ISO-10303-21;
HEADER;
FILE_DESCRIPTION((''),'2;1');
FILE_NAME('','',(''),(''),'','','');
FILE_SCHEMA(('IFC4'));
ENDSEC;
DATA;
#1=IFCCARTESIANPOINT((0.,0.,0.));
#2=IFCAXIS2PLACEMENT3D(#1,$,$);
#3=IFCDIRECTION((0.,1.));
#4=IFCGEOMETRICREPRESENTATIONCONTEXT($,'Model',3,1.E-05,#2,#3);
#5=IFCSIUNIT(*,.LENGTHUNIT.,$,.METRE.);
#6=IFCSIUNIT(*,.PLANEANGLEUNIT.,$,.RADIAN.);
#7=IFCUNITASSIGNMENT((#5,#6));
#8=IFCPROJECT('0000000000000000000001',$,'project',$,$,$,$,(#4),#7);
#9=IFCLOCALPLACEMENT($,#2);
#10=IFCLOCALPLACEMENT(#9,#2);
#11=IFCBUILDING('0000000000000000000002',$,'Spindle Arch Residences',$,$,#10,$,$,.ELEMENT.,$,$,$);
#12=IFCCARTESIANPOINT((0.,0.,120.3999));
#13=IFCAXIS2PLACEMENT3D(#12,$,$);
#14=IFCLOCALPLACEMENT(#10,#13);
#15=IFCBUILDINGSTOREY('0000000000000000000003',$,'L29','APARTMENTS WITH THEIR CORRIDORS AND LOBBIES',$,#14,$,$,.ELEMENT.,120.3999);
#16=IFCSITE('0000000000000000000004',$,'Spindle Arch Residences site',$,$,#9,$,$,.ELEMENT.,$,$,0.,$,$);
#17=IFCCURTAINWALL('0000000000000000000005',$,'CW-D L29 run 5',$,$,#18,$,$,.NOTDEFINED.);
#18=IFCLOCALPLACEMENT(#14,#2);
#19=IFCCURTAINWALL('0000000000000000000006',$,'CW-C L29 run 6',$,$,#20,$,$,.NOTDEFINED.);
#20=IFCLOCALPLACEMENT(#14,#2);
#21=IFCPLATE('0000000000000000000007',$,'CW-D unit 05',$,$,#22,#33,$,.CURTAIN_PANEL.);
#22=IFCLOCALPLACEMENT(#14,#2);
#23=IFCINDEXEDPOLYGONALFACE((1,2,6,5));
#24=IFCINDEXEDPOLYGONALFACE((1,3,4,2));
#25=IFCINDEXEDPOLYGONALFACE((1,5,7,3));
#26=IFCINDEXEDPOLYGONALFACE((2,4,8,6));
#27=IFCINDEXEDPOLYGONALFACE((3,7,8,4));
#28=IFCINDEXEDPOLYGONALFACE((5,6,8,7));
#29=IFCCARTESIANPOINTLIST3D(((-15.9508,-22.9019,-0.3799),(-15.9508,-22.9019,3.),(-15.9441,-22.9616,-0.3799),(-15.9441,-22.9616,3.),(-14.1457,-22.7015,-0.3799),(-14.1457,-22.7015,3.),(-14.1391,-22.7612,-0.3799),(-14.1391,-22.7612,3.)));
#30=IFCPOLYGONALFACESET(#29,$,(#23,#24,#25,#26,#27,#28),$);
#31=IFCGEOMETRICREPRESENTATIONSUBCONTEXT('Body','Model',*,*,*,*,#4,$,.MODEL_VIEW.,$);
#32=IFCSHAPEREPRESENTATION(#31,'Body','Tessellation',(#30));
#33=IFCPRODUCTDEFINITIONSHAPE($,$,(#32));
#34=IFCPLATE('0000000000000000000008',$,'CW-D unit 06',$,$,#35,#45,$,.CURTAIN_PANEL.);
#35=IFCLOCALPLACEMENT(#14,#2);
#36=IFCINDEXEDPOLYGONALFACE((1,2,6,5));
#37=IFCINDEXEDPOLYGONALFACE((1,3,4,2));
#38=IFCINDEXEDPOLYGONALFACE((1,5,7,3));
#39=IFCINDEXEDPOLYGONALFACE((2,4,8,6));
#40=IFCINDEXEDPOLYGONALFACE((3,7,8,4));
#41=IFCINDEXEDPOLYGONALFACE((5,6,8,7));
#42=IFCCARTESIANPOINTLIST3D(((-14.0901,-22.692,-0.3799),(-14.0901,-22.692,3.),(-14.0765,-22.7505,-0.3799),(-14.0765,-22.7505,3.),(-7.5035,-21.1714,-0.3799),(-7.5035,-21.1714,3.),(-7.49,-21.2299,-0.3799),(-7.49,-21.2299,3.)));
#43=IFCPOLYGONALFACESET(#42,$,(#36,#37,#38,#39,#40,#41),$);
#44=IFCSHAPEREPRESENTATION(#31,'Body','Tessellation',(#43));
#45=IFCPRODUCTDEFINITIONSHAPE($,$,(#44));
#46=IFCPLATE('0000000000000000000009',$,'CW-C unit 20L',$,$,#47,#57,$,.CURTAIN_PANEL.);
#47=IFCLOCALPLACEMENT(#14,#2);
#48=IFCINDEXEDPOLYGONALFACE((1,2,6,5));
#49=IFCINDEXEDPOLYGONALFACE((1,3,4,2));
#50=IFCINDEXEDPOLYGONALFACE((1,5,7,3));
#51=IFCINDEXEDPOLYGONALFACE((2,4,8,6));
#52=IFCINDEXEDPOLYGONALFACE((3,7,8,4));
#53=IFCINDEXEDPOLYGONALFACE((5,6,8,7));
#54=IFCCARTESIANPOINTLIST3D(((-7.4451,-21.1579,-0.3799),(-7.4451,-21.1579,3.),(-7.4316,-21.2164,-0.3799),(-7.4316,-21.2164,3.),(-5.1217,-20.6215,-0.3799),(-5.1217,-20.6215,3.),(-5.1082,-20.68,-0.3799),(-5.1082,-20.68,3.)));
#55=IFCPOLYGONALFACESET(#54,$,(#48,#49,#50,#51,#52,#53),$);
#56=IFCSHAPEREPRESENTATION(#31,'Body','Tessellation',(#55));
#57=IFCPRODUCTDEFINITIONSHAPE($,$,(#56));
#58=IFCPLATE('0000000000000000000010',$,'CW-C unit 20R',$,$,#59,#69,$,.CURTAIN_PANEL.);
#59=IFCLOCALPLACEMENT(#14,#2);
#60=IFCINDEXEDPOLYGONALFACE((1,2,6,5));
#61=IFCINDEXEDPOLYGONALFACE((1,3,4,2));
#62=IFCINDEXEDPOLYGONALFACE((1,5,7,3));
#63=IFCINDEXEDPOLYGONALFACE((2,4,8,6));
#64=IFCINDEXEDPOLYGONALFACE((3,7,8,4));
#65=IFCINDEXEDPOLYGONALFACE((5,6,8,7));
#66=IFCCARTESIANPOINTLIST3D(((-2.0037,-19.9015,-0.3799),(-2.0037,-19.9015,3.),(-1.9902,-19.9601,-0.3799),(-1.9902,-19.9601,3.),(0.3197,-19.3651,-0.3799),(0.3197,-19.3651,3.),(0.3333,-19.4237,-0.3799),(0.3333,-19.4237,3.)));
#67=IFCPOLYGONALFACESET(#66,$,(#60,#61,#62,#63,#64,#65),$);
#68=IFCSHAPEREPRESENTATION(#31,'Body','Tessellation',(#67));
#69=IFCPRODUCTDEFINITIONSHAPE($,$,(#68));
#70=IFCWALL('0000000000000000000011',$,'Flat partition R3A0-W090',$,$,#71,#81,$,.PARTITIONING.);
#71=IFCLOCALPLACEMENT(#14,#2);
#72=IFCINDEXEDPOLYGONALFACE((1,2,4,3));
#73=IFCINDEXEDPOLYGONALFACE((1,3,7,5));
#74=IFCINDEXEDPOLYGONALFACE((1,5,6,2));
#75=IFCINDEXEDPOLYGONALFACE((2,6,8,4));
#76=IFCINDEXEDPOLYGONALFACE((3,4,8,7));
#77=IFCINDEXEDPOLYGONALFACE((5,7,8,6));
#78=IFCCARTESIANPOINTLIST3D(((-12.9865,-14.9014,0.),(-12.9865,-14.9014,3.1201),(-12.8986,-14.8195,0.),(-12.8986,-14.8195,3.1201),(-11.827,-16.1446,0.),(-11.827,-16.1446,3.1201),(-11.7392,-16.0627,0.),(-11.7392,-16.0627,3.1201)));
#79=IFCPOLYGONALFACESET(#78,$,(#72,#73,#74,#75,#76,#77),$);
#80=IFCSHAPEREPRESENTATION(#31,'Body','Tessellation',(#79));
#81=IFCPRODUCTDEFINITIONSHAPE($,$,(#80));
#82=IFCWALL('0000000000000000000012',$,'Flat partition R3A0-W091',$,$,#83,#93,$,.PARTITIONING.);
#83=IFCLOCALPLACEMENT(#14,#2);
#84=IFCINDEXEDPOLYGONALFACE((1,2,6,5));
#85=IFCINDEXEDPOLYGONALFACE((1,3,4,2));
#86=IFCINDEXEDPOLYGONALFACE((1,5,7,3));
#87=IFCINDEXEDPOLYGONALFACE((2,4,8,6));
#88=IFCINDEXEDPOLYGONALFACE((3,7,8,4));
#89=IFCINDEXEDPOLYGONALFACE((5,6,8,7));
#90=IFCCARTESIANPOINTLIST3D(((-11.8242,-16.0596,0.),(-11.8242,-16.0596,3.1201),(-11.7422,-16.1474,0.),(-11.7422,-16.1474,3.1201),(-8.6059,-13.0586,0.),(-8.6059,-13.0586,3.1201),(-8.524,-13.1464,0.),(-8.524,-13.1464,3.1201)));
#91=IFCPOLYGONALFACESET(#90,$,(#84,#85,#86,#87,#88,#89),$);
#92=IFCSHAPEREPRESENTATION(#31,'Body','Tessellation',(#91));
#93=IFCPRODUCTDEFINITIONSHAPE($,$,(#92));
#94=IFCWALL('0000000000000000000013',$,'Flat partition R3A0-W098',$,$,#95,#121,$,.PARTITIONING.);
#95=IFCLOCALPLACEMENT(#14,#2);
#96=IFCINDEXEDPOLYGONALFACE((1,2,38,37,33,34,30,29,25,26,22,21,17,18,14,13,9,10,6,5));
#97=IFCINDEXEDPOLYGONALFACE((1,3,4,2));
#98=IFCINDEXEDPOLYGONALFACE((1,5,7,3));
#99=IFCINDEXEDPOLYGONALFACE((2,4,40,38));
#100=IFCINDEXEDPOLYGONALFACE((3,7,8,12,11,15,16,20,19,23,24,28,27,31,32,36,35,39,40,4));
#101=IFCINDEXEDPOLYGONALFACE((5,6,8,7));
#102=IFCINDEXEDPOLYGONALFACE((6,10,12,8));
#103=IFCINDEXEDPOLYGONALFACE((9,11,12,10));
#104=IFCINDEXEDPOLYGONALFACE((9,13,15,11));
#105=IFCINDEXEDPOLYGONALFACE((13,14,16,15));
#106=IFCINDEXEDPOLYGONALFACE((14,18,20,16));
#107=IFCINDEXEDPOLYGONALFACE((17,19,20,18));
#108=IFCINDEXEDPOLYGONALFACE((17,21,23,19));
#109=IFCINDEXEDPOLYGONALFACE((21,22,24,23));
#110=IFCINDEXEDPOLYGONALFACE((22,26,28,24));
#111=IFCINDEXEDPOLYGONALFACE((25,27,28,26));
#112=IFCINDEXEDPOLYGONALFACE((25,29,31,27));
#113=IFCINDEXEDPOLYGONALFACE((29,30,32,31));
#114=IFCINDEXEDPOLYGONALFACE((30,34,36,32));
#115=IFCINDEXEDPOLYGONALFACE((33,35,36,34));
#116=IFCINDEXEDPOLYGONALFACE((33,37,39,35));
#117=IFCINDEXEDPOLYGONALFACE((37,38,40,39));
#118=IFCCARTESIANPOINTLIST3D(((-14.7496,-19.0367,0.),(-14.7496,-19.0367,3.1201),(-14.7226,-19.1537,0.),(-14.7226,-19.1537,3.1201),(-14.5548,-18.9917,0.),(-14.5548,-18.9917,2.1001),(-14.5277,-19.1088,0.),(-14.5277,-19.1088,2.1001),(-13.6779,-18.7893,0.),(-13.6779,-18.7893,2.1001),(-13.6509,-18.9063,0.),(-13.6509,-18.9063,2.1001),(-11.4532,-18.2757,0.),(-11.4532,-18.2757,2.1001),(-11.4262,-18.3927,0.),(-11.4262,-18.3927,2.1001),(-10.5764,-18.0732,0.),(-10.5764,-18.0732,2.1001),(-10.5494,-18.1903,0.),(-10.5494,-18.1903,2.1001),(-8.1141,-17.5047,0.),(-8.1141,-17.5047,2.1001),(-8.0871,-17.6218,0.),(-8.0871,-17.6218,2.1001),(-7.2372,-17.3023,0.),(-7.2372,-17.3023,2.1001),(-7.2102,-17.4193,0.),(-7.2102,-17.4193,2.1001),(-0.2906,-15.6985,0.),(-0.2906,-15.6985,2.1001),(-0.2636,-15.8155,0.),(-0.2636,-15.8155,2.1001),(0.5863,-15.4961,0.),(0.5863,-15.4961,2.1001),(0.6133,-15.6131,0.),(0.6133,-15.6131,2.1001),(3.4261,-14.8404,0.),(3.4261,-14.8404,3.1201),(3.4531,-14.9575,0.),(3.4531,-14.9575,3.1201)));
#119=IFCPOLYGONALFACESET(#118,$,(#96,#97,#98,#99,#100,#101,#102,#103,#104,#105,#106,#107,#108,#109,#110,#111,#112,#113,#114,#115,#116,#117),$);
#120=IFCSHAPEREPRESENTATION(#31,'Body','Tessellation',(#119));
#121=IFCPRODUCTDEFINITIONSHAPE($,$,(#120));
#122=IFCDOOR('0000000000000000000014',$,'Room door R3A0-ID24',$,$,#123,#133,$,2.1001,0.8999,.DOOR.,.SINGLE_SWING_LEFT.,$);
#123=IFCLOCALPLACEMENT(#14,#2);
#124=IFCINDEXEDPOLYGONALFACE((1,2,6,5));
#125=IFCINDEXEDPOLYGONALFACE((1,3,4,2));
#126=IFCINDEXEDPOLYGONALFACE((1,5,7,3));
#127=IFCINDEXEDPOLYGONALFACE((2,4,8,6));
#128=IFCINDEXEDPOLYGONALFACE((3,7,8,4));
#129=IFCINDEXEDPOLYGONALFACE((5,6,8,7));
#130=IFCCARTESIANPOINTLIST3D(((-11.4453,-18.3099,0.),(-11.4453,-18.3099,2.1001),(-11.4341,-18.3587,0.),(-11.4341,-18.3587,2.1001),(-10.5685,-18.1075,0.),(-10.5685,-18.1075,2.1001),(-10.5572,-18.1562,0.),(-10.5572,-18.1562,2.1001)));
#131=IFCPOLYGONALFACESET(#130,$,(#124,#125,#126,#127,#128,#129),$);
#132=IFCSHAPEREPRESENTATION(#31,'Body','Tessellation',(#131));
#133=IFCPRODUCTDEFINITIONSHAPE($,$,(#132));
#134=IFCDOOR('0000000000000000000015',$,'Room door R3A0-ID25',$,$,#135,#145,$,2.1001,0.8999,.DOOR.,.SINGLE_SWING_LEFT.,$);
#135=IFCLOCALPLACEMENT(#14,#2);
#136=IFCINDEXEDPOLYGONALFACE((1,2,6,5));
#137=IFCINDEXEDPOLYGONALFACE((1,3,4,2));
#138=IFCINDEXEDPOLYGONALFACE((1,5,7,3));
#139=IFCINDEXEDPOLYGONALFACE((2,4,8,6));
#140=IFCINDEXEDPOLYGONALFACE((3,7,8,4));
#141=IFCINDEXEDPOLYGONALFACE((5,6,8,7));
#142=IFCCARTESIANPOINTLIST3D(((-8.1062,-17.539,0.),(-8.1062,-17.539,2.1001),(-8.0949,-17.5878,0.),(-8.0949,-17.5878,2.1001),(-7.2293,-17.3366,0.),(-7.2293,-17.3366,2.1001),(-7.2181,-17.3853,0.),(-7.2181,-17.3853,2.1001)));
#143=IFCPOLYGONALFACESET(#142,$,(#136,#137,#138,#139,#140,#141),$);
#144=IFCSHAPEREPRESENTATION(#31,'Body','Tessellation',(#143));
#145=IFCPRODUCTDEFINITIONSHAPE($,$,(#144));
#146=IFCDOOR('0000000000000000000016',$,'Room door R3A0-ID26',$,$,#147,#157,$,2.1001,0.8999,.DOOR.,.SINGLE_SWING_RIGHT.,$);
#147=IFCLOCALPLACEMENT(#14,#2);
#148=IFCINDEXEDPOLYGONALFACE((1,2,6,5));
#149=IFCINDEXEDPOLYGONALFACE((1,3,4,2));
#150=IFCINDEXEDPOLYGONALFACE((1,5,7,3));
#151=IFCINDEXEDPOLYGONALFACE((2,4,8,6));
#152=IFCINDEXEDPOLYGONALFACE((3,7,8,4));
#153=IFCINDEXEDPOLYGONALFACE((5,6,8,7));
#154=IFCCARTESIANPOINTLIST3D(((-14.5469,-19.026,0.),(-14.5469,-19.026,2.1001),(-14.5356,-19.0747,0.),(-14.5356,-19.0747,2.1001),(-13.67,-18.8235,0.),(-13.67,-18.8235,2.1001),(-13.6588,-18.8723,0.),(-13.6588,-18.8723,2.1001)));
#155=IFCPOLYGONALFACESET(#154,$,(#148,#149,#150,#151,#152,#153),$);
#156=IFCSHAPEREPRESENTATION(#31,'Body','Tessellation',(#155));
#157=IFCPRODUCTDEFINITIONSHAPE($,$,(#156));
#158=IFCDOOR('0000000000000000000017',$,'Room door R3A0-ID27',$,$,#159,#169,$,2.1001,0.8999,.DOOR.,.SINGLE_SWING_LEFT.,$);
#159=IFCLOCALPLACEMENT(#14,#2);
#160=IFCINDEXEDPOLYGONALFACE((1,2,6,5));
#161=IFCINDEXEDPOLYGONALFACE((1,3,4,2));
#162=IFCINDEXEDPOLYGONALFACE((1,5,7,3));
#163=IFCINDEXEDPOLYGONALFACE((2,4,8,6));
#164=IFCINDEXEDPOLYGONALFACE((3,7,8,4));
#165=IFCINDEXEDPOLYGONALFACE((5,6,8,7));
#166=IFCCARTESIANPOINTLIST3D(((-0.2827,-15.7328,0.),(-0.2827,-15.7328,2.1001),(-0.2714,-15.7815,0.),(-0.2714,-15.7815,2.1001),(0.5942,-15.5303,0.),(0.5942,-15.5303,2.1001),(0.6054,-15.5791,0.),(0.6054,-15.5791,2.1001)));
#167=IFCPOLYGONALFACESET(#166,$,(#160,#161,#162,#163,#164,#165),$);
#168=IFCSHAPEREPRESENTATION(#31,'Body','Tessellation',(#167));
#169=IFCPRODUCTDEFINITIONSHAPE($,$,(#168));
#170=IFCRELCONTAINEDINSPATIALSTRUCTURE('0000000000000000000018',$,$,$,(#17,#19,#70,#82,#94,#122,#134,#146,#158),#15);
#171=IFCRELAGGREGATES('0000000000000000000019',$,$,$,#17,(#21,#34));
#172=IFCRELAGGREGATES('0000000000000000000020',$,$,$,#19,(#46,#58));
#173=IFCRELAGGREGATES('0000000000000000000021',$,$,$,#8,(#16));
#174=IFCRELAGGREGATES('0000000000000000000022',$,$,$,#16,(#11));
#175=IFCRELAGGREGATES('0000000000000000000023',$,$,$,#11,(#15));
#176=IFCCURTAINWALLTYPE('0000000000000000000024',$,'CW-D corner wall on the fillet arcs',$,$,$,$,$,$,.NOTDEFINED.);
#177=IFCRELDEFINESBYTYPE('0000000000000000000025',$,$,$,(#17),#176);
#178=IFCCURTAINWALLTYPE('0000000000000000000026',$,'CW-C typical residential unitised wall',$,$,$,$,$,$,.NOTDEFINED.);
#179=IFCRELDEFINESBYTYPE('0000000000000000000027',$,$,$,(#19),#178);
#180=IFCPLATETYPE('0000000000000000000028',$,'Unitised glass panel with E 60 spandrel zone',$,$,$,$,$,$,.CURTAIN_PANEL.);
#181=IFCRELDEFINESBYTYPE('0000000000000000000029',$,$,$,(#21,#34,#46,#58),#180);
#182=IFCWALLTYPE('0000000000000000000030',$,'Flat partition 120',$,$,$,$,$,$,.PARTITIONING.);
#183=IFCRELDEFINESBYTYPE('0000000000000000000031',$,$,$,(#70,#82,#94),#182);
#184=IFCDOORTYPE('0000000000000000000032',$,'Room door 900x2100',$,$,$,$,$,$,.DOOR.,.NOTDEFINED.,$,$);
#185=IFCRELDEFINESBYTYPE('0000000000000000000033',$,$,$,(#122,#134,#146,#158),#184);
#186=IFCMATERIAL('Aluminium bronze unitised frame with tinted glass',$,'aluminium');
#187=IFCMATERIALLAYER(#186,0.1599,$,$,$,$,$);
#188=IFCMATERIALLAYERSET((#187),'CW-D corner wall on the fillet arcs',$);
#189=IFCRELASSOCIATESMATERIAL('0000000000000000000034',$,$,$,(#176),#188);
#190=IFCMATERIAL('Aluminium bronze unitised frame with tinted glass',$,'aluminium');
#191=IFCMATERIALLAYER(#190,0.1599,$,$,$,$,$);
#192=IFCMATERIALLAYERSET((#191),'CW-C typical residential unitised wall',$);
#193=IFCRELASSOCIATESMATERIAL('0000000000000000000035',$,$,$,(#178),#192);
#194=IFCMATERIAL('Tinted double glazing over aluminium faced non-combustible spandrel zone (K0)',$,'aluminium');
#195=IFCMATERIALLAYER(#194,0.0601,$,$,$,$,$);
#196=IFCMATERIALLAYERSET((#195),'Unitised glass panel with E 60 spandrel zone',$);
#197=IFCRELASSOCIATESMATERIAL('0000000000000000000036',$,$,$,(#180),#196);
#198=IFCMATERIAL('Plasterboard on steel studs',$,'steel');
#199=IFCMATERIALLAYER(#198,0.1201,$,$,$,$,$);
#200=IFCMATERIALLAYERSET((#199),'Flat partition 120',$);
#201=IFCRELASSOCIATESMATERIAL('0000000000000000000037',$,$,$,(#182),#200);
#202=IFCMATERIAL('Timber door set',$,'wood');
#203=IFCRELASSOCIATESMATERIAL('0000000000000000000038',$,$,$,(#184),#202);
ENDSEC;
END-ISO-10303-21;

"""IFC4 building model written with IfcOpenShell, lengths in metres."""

from ifc_helpers import new_model, si_unit, direction, frame, frame_2d, origin, origin_2d, place, context, subcontext, project, spatial, rectangle, extrude, material, layer, layer_set, type_object, element, fill, aggregate, save


model = new_model("IFC4")

# Units and contexts
model_context = context("Model", 3, precision=1e-05, world=origin(), true_north=direction((0.0, 1.0)))
body_context = subcontext(model_context, "Body", "Model", "MODEL_VIEW")
ifc_project = project(units=[si_unit("LENGTHUNIT", "METRE"), si_unit("PLANEANGLEUNIT", "RADIAN")], contexts=[model_context])

# Site, building, storey
site_placement = place(None, origin())
site = spatial("IfcSite", under=ifc_project, at=site_placement, Name="Spindle Arch Residences site", CompositionType="ELEMENT", RefElevation=0.0)
building_placement = place(site_placement, origin())
building = spatial("IfcBuilding", under=site, at=building_placement, Name="Spindle Arch Residences", CompositionType="ELEMENT")
storey_placement = place(building_placement, frame((0.0, 0.0, 120.3999)))
storey = spatial("IfcBuildingStorey", under=building, at=storey_placement, Name="L29", Description="APARTMENTS WITH THEIR CORRIDORS AND LOBBIES", CompositionType="ELEMENT", Elevation=120.3999)

# Curtain walls
ifc_material_1 = material(Name="Aluminium bronze unitised frame with tinted glass", Category="aluminium")
ifc_layer_1 = layer(ifc_material_1, 0.1599)
ifc_layer_set_1 = layer_set([ifc_layer_1], Name="CW-D corner wall on the fillet arcs")
curtain_wall_type_1 = type_object("IfcCurtainWallType", Name="CW-D corner wall on the fillet arcs", PredefinedType="NOTDEFINED", material=ifc_layer_set_1)
curtain_wall_1_placement = place(storey_placement, origin())
curtain_wall_1 = element("IfcCurtainWall", 1, at=curtain_wall_1_placement, inside=storey, type_object=curtain_wall_type_1, Name="CW-D L29 run 5", PredefinedType="NOTDEFINED")
ifc_material_2 = material(Name="Aluminium bronze unitised frame with tinted glass", Category="aluminium")
ifc_layer_2 = layer(ifc_material_2, 0.1599)
ifc_layer_set_2 = layer_set([ifc_layer_2], Name="CW-C typical residential unitised wall")
curtain_wall_type_2 = type_object("IfcCurtainWallType", Name="CW-C typical residential unitised wall", PredefinedType="NOTDEFINED", material=ifc_layer_set_2)
curtain_wall_2_placement = place(storey_placement, origin())
curtain_wall_2 = element("IfcCurtainWall", 2, at=curtain_wall_2_placement, inside=storey, type_object=curtain_wall_type_2, Name="CW-C L29 run 6", PredefinedType="NOTDEFINED")

# Plates
ifc_material_3 = material(Name="Tinted double glazing over aluminium faced non-combustible spandrel zone (K0)", Category="aluminium")
ifc_layer_3 = layer(ifc_material_3, 0.0601)
ifc_layer_set_3 = layer_set([ifc_layer_3], Name="Unitised glass panel with E 60 spandrel zone")
plate_type = type_object("IfcPlateType", Name="Unitised glass panel with E 60 spandrel zone", PredefinedType="CURTAIN_PANEL", material=ifc_layer_set_3)
plate_1_placement = place(storey_placement, frame((-15.0449, -22.8315, -0.3799), z_axis=(0.0, 0.0, 1.0), x_axis=(0.993897, 0.110313, 0.0)))
plate_1 = element("IfcPlate", 3, at=plate_1_placement, type_object=plate_type, Name="CW-D unit 05", PredefinedType="CURTAIN_PANEL", context=body_context, shape_type="SweptSolid", body=[
    extrude(rectangle(XDim=1.8162, YDim=0.0601, at=origin_2d()), origin(), (0.0, 0.0, 1.0), 3.3799),
])
plate_2_placement = place(storey_placement, frame((-10.79, -21.9609, -0.3799), z_axis=(0.0, 0.0, 1.0), x_axis=(0.97437, 0.224951, 0.0)))
plate_2 = element("IfcPlate", 4, at=plate_2_placement, type_object=plate_type, Name="CW-D unit 06", PredefinedType="CURTAIN_PANEL", context=body_context, shape_type="SweptSolid", body=[
    extrude(rectangle(XDim=6.7598, YDim=0.0601, at=origin_2d()), origin(), (0.0, 0.0, 1.0), 3.3799),
])
aggregate(curtain_wall_1, [plate_1, plate_2])
plate_3_placement = place(storey_placement, frame((-6.2766, -20.9189, -0.3799), z_axis=(0.0, 0.0, 1.0), x_axis=(0.97437, 0.224951, 0.0)))
plate_3 = element("IfcPlate", 5, at=plate_3_placement, type_object=plate_type, Name="CW-C unit 20L", PredefinedType="CURTAIN_PANEL", context=body_context, shape_type="SweptSolid", body=[
    extrude(rectangle(XDim=2.3845, YDim=0.0601, at=origin_2d()), origin(), (0.0, 0.0, 1.0), 3.3799),
])
plate_4_placement = place(storey_placement, frame((-0.8352, -19.6626, -0.3799), z_axis=(0.0, 0.0, 1.0), x_axis=(0.97437, 0.224951, 0.0)))
plate_4 = element("IfcPlate", 6, at=plate_4_placement, type_object=plate_type, Name="CW-C unit 20R", PredefinedType="CURTAIN_PANEL", context=body_context, shape_type="SweptSolid", body=[
    extrude(rectangle(XDim=2.3845, YDim=0.0601, at=origin_2d()), origin(), (0.0, 0.0, 1.0), 3.3799),
])
aggregate(curtain_wall_2, [plate_3, plate_4])

# Walls
ifc_material_4 = material(Name="Plasterboard on steel studs", Category="steel")
ifc_layer_4 = layer(ifc_material_4, 0.1201)
ifc_layer_set_4 = layer_set([ifc_layer_4], Name="Flat partition 120")
wall_type_1 = type_object("IfcWallType", Name="Flat partition 120", PredefinedType="PARTITIONING", material=ifc_layer_set_4)
wall_1_placement = place(storey_placement, frame((-12.9426, -14.8604, 0.0), z_axis=(0.0, 0.0, 1.0), x_axis=(0.682047, -0.731308, 0.0)))
element("IfcWall", 7, at=wall_1_placement, inside=storey, type_object=wall_type_1, Name="Flat partition R3A0-W090", PredefinedType="PARTITIONING", context=body_context, shape_type="SweptSolid", body=[
    extrude(rectangle(XDim=1.7, YDim=0.1201, at=frame_2d((0.8501, 0.0))), origin(), (0.0, 0.0, 1.0), 3.1201),
])
wall_2_placement = place(storey_placement, frame((-11.7832, -16.1035, 0.0), z_axis=(0.0, 0.0, 1.0), x_axis=(0.731365, 0.681986, 0.0)))
element("IfcWall", 8, at=wall_2_placement, inside=storey, type_object=wall_type_1, Name="Flat partition R3A0-W091", PredefinedType="PARTITIONING", context=body_context, shape_type="SweptSolid", body=[
    extrude(rectangle(XDim=4.4004, YDim=0.1201, at=frame_2d((2.2002, 0.0))), origin(), (0.0, 0.0, 1.0), 3.1201),
])

# Wall, openings, doors
wall_3_placement = place(storey_placement, frame((-14.7361, -19.0952, 0.0), z_axis=(0.0, 0.0, 1.0), x_axis=(0.974369, 0.224955, 0.0)))
wall_3 = element("IfcWall", 9, at=wall_3_placement, inside=storey, type_object=wall_type_1, Name="Flat partition R3A0-W098", PredefinedType="PARTITIONING", context=body_context, shape_type="SweptSolid", body=[
    extrude(rectangle(XDim=18.6538, YDim=0.1201, at=frame_2d((9.3269, 0.0))), origin(), (0.0, 0.0, 1.0), 3.1201),
])
opening_1_placement = place(wall_3_placement, frame((3.3831, 0.0, 0.0)))
opening_1 = element("IfcOpeningElement", 10, at=opening_1_placement, cuts=wall_3, PredefinedType="OPENING", context=body_context, shape_type="SweptSolid", body=[
    extrude(rectangle(XDim=0.8999, YDim=2.1001, at=frame_2d((0.45, 1.05))), frame((0.0, 0.0701, 0.0), z_axis=(0.0, -1.0, 0.0), x_axis=(1.0, 0.0, 0.0)), (0.0, 0.0, 1.0), 0.1401),
])
opening_2_placement = place(wall_3_placement, frame((6.8101, 0.0, 0.0)))
opening_2 = element("IfcOpeningElement", 11, at=opening_2_placement, cuts=wall_3, PredefinedType="OPENING", context=body_context, shape_type="SweptSolid", body=[
    extrude(rectangle(XDim=0.8999, YDim=2.1001, at=frame_2d((0.45, 1.05))), frame((0.0, 0.0701, 0.0), z_axis=(0.0, -1.0, 0.0), x_axis=(1.0, 0.0, 0.0)), (0.0, 0.0, 1.0), 0.1401),
])
opening_3_placement = place(wall_3_placement, frame((0.2, 0.0, 0.0)))
opening_3 = element("IfcOpeningElement", 12, at=opening_3_placement, cuts=wall_3, PredefinedType="OPENING", context=body_context, shape_type="SweptSolid", body=[
    extrude(rectangle(XDim=0.8999, YDim=2.1001, at=frame_2d((0.45, 1.05))), frame((0.0, 0.0701, 0.0), z_axis=(0.0, -1.0, 0.0), x_axis=(1.0, 0.0, 0.0)), (0.0, 0.0, 1.0), 0.1401),
])
opening_4_placement = place(wall_3_placement, frame((14.8394, 0.0, 0.0)))
opening_4 = element("IfcOpeningElement", 13, at=opening_4_placement, cuts=wall_3, PredefinedType="OPENING", context=body_context, shape_type="SweptSolid", body=[
    extrude(rectangle(XDim=0.8999, YDim=2.1001, at=frame_2d((0.45, 1.05))), frame((0.0, 0.0701, 0.0), z_axis=(0.0, -1.0, 0.0), x_axis=(1.0, 0.0, 0.0)), (0.0, 0.0, 1.0), 0.1401),
])
ifc_material_5 = material(Name="Timber door set", Category="wood")
door_type_1 = type_object("IfcDoorType", Name="Room door 900x2100", OperationType="NOTDEFINED", PredefinedType="DOOR", material=ifc_material_5)
door_1_placement = place(opening_1_placement, origin())
door_1 = element("IfcDoor", 14, at=door_1_placement, inside=storey, type_object=door_type_1, Name="Room door R3A0-ID24", OperationType="SINGLE_SWING_LEFT", OverallHeight=2.1001, OverallWidth=0.8999, PredefinedType="DOOR", context=body_context, shape_type="SweptSolid", body=[
    extrude(rectangle(XDim=0.8999, YDim=2.1001, at=frame_2d((0.45, 1.05))), frame((0.0, 0.0249, 0.0), z_axis=(0.0, -1.0, 0.0), x_axis=(1.0, 0.0, 0.0)), (0.0, 0.0, 1.0), 0.05),
])
fill(opening_1, door_1)
door_2_placement = place(opening_2_placement, origin())
door_2 = element("IfcDoor", 15, at=door_2_placement, inside=storey, type_object=door_type_1, Name="Room door R3A0-ID25", OperationType="SINGLE_SWING_LEFT", OverallHeight=2.1001, OverallWidth=0.8999, PredefinedType="DOOR", context=body_context, shape_type="SweptSolid", body=[
    extrude(rectangle(XDim=0.8999, YDim=2.1001, at=frame_2d((0.45, 1.05))), frame((0.0, 0.0249, 0.0), z_axis=(0.0, -1.0, 0.0), x_axis=(1.0, 0.0, 0.0)), (0.0, 0.0, 1.0), 0.05),
])
fill(opening_2, door_2)
door_3_placement = place(opening_3_placement, origin())
door_3 = element("IfcDoor", 16, at=door_3_placement, inside=storey, type_object=door_type_1, Name="Room door R3A0-ID26", OperationType="SINGLE_SWING_RIGHT", OverallHeight=2.1001, OverallWidth=0.8999, PredefinedType="DOOR", context=body_context, shape_type="SweptSolid", body=[
    extrude(rectangle(XDim=0.8999, YDim=2.1001, at=frame_2d((0.45, 1.05))), frame((0.0, 0.0249, 0.0), z_axis=(0.0, -1.0, 0.0), x_axis=(1.0, 0.0, 0.0)), (0.0, 0.0, 1.0), 0.05),
])
fill(opening_3, door_3)
door_4_placement = place(opening_4_placement, origin())
door_4 = element("IfcDoor", 17, at=door_4_placement, inside=storey, type_object=door_type_1, Name="Room door R3A0-ID27", OperationType="SINGLE_SWING_LEFT", OverallHeight=2.1001, OverallWidth=0.8999, PredefinedType="DOOR", context=body_context, shape_type="SweptSolid", body=[
    extrude(rectangle(XDim=0.8999, YDim=2.1001, at=frame_2d((0.45, 1.05))), frame((0.0, 0.0249, 0.0), z_axis=(0.0, -1.0, 0.0), x_axis=(1.0, 0.0, 0.0)), (0.0, 0.0, 1.0), 0.05),
])
fill(opening_4, door_4)

save(model, "model.ifc")
